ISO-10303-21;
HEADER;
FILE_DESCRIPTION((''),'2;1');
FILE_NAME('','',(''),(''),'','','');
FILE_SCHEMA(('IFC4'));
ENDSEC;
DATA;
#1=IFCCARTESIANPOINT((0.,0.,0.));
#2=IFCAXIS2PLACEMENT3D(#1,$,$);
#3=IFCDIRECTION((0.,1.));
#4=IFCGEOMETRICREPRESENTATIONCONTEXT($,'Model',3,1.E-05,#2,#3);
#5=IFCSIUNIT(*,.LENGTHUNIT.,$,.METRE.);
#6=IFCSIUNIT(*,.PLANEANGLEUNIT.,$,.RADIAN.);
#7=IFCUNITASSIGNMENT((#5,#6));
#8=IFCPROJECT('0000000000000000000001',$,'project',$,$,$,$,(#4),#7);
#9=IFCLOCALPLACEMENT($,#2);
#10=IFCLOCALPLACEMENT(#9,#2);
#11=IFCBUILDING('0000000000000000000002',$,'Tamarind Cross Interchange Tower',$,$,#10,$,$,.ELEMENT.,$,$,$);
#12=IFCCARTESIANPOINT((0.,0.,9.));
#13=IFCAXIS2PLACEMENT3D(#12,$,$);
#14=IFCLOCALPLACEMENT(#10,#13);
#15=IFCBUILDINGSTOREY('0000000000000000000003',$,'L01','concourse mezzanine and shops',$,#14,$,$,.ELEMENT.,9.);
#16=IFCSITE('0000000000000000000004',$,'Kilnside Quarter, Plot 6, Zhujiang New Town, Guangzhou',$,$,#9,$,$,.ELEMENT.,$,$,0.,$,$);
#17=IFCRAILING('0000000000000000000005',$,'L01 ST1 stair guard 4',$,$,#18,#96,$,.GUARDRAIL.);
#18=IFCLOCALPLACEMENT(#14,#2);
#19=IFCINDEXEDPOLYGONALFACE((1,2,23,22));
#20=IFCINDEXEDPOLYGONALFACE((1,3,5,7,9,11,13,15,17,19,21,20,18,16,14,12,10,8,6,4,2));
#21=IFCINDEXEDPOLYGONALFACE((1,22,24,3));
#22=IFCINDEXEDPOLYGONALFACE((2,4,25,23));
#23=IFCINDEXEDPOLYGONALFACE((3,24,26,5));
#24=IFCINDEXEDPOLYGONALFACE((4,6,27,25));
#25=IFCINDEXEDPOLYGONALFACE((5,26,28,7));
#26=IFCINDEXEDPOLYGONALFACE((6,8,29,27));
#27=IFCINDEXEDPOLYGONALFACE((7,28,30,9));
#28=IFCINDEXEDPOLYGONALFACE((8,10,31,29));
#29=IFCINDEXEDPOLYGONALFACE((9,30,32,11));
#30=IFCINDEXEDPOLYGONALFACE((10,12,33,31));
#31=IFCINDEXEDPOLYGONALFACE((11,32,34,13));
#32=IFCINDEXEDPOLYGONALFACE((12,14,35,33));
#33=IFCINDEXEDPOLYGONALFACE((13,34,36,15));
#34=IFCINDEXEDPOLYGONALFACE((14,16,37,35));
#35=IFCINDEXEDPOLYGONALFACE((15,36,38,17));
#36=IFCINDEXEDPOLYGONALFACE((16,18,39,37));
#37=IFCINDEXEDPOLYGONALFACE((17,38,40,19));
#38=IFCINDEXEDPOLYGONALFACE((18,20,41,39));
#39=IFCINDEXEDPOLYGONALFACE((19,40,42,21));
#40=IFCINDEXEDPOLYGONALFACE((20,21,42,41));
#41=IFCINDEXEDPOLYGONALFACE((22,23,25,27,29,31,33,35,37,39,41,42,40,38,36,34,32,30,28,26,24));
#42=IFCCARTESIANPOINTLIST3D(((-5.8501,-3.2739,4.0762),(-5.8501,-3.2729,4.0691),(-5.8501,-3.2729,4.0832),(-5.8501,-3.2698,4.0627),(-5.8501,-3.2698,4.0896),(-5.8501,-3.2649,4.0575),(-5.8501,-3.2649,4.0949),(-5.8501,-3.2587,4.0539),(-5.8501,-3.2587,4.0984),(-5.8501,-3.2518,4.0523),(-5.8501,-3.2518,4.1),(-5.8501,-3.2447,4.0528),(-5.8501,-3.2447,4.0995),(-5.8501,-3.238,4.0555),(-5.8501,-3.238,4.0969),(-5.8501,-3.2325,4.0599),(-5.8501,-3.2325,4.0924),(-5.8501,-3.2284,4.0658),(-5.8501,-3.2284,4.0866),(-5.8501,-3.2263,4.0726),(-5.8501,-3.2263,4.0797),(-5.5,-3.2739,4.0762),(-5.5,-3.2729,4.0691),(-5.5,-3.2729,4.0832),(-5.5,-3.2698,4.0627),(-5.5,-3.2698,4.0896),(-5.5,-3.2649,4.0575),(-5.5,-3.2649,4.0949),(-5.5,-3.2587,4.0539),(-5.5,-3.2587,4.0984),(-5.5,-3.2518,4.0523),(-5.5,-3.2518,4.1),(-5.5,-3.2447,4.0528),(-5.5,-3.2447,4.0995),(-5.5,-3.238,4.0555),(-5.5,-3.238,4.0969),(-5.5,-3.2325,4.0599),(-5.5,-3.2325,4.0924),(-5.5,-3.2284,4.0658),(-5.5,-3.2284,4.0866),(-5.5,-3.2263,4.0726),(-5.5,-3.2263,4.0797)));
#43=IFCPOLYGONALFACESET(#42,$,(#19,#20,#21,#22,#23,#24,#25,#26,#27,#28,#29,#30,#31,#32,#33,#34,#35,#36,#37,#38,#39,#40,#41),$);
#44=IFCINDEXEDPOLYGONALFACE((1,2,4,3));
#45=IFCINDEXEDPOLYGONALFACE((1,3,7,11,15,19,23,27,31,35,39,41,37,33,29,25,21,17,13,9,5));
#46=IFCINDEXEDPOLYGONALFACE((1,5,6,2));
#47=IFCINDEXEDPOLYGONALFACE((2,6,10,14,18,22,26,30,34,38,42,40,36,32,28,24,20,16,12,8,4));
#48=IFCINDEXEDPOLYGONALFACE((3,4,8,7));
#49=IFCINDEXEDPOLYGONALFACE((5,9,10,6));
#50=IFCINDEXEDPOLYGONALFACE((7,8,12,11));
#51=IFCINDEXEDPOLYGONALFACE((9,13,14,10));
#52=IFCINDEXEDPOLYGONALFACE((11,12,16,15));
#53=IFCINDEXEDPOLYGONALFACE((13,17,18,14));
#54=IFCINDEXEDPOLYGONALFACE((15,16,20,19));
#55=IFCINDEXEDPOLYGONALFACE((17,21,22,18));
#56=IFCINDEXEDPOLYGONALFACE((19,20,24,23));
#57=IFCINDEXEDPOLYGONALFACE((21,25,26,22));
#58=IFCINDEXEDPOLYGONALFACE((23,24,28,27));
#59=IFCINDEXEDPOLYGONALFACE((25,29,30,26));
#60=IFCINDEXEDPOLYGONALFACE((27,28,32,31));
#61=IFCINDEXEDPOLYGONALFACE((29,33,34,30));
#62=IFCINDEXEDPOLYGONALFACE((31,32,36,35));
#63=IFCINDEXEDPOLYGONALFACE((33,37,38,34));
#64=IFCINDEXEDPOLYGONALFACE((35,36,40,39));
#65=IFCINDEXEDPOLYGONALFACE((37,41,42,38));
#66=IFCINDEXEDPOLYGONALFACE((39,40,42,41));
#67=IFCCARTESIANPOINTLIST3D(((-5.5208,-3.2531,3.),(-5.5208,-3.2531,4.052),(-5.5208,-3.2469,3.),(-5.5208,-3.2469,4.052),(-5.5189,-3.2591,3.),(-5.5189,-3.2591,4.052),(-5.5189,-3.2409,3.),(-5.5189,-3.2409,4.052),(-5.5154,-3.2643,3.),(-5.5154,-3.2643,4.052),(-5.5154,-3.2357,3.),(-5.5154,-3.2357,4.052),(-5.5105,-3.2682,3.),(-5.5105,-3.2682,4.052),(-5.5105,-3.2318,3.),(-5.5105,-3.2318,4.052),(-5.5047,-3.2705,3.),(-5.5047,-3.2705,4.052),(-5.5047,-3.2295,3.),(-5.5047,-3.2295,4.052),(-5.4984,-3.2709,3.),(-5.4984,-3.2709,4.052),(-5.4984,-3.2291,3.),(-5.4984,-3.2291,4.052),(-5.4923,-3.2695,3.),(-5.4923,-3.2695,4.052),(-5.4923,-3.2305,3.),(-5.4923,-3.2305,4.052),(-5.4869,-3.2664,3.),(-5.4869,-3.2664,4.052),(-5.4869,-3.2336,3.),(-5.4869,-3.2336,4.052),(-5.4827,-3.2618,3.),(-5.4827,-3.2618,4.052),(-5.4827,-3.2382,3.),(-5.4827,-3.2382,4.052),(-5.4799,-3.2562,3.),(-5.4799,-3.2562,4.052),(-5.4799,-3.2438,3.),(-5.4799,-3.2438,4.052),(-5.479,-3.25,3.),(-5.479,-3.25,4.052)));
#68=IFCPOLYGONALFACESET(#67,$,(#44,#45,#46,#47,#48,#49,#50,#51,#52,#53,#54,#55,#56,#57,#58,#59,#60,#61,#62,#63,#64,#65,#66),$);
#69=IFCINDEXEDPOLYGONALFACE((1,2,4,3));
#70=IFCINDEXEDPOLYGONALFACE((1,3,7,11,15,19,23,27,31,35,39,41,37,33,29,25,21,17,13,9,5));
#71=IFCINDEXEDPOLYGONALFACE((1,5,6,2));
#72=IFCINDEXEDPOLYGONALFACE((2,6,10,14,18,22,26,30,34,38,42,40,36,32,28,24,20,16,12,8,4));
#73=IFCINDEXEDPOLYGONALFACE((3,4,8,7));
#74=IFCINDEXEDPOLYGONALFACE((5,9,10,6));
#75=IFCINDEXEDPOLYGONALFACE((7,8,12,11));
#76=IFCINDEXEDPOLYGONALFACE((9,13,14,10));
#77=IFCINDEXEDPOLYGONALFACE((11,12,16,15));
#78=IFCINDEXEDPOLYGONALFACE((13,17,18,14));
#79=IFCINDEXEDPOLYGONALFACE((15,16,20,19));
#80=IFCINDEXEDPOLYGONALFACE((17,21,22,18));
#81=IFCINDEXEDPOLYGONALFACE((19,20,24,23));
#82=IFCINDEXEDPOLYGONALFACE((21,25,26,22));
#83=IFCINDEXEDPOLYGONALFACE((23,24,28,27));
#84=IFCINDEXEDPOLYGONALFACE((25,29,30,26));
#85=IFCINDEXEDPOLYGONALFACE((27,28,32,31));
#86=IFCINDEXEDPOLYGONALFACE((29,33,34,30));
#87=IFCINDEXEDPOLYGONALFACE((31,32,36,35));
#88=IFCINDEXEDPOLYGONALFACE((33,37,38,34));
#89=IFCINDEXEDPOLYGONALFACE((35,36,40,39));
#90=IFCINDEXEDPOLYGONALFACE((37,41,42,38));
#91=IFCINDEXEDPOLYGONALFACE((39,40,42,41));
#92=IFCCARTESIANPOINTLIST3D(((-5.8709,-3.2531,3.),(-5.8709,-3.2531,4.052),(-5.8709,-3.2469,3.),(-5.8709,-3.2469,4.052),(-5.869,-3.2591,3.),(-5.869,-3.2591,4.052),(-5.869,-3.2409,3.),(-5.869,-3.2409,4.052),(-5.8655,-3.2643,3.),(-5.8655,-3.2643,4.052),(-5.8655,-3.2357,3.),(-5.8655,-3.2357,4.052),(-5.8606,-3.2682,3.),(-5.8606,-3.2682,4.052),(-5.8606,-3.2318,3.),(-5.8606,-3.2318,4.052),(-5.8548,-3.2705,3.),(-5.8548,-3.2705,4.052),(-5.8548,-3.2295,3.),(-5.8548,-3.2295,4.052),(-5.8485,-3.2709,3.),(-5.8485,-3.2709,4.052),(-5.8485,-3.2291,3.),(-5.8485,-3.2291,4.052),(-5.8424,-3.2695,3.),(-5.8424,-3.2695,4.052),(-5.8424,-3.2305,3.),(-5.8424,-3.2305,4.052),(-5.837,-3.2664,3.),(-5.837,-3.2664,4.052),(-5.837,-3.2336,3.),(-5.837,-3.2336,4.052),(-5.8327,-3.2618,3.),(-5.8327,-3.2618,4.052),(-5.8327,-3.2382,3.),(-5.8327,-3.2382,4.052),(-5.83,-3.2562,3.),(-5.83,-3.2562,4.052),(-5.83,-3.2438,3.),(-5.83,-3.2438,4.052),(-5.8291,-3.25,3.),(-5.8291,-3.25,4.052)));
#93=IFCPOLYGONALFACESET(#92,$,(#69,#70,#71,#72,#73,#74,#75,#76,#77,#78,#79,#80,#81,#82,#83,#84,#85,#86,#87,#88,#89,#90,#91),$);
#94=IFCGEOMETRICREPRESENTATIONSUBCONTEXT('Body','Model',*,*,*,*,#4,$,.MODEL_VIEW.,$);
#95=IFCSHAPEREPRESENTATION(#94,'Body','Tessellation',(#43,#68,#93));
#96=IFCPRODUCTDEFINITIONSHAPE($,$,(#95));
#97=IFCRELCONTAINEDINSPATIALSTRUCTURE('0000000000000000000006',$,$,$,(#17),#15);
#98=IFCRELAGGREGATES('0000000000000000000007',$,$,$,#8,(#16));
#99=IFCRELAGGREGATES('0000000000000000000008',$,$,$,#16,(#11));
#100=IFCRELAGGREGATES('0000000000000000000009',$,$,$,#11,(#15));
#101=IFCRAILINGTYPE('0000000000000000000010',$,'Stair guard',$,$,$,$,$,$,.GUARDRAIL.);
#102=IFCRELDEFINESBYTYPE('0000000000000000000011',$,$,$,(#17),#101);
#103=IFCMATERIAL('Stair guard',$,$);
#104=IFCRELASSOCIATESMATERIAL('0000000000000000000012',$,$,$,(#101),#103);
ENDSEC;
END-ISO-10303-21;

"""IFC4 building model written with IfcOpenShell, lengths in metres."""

from ifc_helpers import new_model, si_unit, direction, frame, origin, origin_2d, place, context, subcontext, project, spatial, circle, extrude, material, type_object, element, save


model = new_model("IFC4")

# Units and contexts
model_context = context("Model", 3, precision=1e-05, world=origin(), true_north=direction((0.0, 1.0)))
body_context = subcontext(model_context, "Body", "Model", "MODEL_VIEW")
ifc_project = project(units=[si_unit("LENGTHUNIT", "METRE"), si_unit("PLANEANGLEUNIT", "RADIAN")], contexts=[model_context])

# Site, building, storey
site_placement = place(None, origin())
site = spatial("IfcSite", under=ifc_project, at=site_placement, Name="Kilnside Quarter, Plot 6, Zhujiang New Town, Guangzhou", CompositionType="ELEMENT", RefElevation=0.0)
building_placement = place(site_placement, origin())
building = spatial("IfcBuilding", under=site, at=building_placement, Name="Tamarind Cross Interchange Tower", CompositionType="ELEMENT")
storey_placement = place(building_placement, frame((0.0, 0.0, 9.0)))
storey = spatial("IfcBuildingStorey", under=building, at=storey_placement, Name="L01", Description="concourse mezzanine and shops", CompositionType="ELEMENT", Elevation=9.0)

# Railing
ifc_material_1 = material(Name="Stair guard")
railing_type_1 = type_object("IfcRailingType", Name="Stair guard", PredefinedType="GUARDRAIL", material=ifc_material_1)
railing_1_placement = place(storey_placement, frame((-5.5, -3.25, 3.0)))
element("IfcRailing", 1, at=railing_1_placement, inside=storey, type_object=railing_type_1, Name="L01 ST1 stair guard 4", PredefinedType="GUARDRAIL", context=body_context, shape_type="SweptSolid", body=[
    extrude(circle(Radius=0.0239, at=origin_2d()), frame((0.0, 0.0, 1.0762), z_axis=(-1.0, 0.0, 0.0), x_axis=(0.0, -1.0, 0.0)), (0.0, 0.0, 1.0), 0.3501),
    extrude(circle(Radius=0.021, at=origin_2d()), origin(), (0.0, 0.0, 1.0), 1.052),
    extrude(circle(Radius=0.021, at=origin_2d()), frame((-0.3501, 0.0, 0.0)), (0.0, 0.0, 1.0), 1.052),
])

save(model, "model.ifc")
